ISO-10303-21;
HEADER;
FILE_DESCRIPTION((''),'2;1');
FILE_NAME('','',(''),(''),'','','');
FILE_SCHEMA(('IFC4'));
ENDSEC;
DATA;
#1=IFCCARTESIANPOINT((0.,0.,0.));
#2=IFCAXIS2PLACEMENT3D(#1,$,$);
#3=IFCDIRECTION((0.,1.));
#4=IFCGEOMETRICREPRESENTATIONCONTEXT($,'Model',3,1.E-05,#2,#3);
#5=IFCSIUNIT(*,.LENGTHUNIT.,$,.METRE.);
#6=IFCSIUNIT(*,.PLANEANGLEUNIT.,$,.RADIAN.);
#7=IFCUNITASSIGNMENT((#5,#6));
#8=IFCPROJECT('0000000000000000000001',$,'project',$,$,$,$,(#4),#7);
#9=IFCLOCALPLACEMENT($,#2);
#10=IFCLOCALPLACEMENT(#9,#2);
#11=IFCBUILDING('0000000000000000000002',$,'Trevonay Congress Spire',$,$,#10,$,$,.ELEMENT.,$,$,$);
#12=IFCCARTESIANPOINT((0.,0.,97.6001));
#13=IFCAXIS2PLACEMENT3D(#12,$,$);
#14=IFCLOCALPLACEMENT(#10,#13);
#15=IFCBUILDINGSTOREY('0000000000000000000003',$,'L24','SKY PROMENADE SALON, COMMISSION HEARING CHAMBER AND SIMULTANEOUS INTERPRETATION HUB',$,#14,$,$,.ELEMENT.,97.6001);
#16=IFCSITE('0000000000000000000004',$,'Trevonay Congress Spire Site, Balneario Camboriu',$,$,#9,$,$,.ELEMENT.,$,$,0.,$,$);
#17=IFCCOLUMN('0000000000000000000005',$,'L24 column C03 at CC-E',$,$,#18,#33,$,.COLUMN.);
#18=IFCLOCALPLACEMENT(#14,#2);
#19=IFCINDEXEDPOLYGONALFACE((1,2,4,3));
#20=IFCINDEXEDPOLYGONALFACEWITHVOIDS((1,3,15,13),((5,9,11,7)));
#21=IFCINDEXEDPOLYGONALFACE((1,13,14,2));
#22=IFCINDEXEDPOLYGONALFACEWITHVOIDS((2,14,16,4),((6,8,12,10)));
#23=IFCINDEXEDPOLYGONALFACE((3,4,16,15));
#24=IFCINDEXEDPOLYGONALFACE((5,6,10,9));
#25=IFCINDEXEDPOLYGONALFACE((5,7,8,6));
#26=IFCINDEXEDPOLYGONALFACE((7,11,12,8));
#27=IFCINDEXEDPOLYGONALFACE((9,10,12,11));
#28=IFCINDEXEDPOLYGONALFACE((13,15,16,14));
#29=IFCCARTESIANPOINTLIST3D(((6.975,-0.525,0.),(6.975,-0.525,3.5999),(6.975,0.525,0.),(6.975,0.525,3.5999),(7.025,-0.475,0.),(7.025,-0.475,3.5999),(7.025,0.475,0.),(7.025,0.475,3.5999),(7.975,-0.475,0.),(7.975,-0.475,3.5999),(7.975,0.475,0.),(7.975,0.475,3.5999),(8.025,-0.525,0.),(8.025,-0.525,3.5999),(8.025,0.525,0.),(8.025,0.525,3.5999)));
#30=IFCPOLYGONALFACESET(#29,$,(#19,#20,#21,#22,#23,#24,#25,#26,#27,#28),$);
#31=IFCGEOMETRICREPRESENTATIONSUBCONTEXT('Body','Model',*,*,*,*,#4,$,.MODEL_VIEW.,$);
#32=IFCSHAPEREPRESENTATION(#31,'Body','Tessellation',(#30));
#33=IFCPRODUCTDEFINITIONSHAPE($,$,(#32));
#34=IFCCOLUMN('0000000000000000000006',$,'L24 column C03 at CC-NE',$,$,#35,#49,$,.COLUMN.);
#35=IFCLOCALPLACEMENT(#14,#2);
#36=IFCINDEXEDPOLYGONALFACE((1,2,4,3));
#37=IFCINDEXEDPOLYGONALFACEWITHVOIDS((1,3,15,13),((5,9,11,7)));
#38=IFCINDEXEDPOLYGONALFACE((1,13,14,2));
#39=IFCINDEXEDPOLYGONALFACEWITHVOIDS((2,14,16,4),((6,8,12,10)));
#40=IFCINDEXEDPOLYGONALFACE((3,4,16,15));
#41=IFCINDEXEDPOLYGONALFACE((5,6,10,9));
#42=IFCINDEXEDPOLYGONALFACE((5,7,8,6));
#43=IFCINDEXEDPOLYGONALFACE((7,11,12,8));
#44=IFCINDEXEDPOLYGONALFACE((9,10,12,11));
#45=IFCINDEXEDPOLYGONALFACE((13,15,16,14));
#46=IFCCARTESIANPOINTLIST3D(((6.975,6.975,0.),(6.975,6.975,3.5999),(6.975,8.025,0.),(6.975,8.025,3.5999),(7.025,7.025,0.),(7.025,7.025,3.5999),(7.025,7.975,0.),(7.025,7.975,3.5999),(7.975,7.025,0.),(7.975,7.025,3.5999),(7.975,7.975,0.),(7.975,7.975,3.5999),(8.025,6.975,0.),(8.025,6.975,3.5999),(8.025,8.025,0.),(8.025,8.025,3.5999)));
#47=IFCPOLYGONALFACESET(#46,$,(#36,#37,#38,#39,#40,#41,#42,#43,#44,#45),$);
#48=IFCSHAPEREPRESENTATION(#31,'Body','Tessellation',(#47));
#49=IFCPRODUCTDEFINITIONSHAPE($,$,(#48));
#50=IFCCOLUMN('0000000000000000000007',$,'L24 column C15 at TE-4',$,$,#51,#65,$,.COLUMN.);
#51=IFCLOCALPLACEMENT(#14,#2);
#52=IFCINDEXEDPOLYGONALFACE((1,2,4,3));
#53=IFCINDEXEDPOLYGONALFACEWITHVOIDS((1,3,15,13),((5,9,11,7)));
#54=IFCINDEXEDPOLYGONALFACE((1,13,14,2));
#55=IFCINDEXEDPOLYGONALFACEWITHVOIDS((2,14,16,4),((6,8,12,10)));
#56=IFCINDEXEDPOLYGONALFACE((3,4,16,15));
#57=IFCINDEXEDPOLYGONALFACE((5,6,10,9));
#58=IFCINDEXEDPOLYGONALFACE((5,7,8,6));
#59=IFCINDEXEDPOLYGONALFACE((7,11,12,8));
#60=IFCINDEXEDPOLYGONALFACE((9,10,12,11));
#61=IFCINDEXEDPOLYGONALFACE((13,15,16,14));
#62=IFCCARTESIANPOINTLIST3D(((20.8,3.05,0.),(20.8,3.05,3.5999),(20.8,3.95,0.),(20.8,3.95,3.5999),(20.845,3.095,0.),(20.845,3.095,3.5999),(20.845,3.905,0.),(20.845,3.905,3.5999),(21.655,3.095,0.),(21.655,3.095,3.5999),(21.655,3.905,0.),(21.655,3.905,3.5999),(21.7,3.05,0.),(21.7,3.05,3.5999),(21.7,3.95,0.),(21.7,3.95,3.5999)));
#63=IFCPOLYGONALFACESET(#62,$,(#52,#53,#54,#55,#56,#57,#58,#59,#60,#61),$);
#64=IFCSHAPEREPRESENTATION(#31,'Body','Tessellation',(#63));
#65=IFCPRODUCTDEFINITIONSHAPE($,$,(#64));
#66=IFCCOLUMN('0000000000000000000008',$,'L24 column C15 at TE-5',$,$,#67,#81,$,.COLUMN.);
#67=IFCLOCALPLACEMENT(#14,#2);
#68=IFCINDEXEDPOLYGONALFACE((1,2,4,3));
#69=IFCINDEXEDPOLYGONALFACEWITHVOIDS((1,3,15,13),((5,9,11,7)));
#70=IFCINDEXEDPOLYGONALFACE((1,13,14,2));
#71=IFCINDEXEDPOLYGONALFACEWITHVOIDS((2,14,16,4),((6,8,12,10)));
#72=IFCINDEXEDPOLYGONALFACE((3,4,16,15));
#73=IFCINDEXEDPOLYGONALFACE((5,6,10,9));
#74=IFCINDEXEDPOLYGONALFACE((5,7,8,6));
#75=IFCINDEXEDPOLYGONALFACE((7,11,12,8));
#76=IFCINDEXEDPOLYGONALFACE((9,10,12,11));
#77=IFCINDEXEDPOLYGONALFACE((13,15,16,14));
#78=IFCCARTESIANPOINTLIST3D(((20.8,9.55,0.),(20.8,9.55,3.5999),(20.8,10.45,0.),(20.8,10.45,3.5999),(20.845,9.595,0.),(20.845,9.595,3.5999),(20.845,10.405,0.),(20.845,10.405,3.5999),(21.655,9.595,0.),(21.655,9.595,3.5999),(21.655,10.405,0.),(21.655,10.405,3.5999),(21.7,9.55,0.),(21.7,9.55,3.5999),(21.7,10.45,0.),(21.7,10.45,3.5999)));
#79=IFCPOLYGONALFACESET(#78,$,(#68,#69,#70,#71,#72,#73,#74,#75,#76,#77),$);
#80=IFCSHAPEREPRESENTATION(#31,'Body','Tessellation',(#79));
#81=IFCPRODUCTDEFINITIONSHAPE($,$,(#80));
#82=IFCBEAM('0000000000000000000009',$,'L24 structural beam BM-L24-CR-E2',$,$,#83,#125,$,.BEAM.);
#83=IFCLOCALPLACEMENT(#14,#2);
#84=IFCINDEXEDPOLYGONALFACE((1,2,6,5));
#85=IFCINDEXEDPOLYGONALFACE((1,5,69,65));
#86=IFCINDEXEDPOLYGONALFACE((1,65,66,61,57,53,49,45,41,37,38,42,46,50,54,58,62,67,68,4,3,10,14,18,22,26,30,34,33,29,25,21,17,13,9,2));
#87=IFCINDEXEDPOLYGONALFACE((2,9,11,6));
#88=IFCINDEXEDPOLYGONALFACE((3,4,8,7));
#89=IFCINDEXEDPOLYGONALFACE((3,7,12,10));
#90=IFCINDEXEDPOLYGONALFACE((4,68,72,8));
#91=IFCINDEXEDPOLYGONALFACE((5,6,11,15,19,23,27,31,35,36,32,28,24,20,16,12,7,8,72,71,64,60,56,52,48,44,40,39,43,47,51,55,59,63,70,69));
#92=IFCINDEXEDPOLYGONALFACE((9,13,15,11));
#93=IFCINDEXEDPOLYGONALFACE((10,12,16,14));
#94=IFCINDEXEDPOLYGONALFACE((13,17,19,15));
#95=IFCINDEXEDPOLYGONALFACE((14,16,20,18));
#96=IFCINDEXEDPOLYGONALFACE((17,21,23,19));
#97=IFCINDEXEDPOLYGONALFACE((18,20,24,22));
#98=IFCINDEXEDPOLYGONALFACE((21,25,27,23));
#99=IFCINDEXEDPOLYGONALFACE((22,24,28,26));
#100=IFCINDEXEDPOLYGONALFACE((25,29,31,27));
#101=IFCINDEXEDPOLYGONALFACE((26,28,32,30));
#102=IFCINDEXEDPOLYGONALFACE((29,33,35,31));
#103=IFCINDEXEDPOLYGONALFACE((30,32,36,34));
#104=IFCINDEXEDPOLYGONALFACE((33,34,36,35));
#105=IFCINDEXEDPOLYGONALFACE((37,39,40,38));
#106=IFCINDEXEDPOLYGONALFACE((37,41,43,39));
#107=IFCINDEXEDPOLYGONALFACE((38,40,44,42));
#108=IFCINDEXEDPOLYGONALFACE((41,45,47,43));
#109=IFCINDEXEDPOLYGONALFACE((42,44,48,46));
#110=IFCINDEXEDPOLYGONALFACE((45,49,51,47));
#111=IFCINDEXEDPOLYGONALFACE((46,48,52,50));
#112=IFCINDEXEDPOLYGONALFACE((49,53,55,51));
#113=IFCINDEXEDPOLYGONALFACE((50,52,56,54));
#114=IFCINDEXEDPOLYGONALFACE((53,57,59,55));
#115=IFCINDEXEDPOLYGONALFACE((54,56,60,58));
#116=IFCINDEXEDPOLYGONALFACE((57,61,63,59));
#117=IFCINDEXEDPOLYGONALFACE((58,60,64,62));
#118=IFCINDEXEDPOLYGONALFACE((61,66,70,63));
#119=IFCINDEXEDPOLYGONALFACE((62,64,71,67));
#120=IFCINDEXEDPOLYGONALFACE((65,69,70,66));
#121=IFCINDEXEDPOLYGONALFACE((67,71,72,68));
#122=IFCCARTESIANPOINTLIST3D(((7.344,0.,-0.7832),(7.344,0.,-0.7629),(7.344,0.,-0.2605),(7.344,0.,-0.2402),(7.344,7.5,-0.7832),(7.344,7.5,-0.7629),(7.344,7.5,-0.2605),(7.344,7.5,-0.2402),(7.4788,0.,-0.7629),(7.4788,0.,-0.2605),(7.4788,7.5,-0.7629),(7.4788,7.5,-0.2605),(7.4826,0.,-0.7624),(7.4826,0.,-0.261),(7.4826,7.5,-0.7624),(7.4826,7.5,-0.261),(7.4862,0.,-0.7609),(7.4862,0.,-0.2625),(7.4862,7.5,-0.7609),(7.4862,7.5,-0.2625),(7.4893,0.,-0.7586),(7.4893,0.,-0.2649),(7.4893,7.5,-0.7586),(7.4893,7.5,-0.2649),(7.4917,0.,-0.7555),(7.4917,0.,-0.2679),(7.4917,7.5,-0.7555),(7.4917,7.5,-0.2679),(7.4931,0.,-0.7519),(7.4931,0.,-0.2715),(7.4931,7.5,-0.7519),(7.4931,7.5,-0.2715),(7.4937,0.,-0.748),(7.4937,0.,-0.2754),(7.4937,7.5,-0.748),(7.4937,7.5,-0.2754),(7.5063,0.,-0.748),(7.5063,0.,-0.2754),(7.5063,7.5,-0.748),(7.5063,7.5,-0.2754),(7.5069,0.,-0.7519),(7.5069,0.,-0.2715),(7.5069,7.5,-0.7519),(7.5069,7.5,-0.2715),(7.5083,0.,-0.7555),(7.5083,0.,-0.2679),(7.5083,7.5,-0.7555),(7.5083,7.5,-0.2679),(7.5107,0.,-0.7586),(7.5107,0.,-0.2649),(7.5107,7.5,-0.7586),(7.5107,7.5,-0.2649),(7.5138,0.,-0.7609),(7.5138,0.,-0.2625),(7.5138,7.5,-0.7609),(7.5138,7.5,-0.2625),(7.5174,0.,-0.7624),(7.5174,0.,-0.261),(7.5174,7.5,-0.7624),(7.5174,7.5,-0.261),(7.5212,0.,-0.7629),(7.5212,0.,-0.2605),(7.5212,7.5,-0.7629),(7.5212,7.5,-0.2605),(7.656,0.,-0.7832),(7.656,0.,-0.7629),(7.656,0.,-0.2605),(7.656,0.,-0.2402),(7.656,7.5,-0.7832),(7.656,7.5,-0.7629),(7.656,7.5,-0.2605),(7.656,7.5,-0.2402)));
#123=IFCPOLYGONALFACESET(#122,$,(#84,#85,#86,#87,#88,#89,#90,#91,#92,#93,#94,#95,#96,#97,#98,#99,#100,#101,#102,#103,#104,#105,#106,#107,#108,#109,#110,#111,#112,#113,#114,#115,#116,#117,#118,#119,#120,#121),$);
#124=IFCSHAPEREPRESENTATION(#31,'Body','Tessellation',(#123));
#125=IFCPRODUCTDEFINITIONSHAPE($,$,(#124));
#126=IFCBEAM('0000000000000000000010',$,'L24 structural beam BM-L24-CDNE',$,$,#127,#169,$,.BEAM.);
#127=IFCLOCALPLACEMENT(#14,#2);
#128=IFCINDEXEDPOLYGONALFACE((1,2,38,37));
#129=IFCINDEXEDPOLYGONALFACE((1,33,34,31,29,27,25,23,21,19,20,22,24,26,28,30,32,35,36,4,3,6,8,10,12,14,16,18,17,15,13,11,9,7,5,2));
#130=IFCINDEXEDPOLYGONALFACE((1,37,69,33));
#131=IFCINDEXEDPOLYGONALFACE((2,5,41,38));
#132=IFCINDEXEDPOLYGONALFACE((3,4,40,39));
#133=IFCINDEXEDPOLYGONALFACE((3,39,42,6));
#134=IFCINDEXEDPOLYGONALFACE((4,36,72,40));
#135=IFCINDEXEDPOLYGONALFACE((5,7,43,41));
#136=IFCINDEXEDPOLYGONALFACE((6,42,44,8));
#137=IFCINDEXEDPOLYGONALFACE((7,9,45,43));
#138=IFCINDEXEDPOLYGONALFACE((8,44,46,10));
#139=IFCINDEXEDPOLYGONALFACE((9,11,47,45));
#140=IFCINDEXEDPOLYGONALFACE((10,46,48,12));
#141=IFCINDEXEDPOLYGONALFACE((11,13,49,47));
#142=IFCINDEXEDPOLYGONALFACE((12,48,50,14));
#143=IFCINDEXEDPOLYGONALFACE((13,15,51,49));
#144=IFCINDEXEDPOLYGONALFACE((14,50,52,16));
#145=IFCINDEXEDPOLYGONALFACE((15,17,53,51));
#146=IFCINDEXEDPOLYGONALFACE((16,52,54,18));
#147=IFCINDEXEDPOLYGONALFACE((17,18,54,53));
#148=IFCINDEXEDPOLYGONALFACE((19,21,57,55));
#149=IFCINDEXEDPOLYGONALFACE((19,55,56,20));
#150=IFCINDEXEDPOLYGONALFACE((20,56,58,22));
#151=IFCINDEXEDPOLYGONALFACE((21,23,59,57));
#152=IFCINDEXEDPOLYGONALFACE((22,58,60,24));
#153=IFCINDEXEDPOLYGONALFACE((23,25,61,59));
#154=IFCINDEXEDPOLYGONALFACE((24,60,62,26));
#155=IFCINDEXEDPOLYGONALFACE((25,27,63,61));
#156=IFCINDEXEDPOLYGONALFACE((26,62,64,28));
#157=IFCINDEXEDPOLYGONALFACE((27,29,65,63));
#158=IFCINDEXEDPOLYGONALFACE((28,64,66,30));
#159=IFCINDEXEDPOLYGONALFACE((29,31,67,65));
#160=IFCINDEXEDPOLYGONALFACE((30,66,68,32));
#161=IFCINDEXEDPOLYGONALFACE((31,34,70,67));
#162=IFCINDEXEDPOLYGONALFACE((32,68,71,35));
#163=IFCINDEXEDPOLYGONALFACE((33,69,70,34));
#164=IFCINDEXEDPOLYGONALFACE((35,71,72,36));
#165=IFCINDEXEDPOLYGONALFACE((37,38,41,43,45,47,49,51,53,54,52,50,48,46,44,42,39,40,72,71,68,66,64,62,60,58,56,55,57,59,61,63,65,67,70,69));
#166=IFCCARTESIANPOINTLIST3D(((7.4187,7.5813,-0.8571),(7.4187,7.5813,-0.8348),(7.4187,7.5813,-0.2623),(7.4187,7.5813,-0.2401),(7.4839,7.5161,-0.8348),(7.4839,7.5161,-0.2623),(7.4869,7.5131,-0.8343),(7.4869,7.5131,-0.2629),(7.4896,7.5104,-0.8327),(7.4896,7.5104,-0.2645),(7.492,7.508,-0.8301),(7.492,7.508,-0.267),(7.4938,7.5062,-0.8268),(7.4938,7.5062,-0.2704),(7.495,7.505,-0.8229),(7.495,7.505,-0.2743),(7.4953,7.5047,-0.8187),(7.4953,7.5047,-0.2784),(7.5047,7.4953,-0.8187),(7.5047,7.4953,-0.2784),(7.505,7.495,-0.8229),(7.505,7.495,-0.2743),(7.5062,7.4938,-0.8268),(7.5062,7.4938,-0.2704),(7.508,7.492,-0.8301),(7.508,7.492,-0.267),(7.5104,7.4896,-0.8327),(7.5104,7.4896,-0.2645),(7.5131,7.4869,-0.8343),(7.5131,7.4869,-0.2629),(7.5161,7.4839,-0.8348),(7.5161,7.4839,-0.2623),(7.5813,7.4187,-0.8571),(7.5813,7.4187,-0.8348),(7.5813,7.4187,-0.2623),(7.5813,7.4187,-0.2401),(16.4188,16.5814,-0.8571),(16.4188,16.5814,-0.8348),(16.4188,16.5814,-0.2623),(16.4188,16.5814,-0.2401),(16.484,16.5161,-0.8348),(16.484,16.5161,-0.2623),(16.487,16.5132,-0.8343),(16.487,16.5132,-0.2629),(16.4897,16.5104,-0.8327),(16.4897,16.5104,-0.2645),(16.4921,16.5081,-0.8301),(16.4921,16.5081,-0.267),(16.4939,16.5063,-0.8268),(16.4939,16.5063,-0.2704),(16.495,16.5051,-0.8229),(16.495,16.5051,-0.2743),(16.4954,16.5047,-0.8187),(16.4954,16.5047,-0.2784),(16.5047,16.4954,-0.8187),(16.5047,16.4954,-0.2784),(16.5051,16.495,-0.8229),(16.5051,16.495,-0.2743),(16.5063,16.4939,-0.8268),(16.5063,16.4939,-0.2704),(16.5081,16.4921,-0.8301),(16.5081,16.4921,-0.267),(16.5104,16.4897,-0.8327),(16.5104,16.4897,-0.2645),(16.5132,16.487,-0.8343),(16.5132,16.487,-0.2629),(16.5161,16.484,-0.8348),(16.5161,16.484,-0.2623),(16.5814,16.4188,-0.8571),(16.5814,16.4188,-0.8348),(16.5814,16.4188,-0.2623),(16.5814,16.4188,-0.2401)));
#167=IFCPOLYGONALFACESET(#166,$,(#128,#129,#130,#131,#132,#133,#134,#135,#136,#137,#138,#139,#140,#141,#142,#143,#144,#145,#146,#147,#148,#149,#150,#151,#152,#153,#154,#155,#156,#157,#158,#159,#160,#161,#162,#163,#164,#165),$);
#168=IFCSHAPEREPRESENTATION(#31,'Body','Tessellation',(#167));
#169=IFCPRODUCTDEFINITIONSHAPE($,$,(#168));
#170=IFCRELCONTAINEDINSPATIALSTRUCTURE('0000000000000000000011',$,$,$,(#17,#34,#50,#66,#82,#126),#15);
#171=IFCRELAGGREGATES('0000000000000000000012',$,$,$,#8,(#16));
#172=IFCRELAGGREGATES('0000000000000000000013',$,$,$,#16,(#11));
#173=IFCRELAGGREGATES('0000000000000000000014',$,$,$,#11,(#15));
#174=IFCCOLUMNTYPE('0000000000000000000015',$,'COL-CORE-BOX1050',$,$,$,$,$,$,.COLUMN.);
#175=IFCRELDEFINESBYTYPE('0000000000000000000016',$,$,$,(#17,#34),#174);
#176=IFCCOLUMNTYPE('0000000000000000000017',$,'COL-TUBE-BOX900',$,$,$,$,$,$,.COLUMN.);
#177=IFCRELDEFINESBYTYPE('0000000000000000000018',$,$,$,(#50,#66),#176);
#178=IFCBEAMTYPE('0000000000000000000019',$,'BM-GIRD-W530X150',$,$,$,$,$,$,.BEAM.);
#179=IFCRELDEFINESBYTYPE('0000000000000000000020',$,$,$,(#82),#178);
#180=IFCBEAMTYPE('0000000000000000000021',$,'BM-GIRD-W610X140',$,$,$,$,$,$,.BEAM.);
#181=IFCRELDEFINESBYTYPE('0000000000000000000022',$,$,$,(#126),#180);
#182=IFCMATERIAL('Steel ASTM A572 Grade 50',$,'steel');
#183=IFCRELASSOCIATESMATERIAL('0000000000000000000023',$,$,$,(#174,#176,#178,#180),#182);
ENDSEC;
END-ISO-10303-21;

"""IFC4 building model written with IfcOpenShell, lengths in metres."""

from ifc_helpers import new_model, si_unit, direction, frame, origin, origin_2d, place, context, subcontext, project, spatial, hollow_rectangle, i_section, extrude, material, material_profile, profile_set, type_object, element, save


model = new_model("IFC4")

# Units and contexts
model_context = context("Model", 3, precision=1e-05, world=origin(), true_north=direction((0.0, 1.0)))
body_context = subcontext(model_context, "Body", "Model", "MODEL_VIEW")
ifc_project = project(units=[si_unit("LENGTHUNIT", "METRE"), si_unit("PLANEANGLEUNIT", "RADIAN")], contexts=[model_context])

# Site, building, storey
site_placement = place(None, origin())
site = spatial("IfcSite", under=ifc_project, at=site_placement, Name="Trevonay Congress Spire Site, Balneario Camboriu", CompositionType="ELEMENT", RefElevation=0.0)
building_placement = place(site_placement, origin())
building = spatial("IfcBuilding", under=site, at=building_placement, Name="Trevonay Congress Spire", CompositionType="ELEMENT")
storey_placement = place(building_placement, frame((0.0, 0.0, 97.6001)))
storey = spatial("IfcBuildingStorey", under=building, at=storey_placement, Name="L24", Description="SKY PROMENADE SALON, COMMISSION HEARING CHAMBER AND SIMULTANEOUS INTERPRETATION HUB", CompositionType="ELEMENT", Elevation=97.6001)

# Columns
ifc_material_1 = material(Name="Steel ASTM A572 Grade 50", Category="steel")
ifc_material_profile_1 = material_profile(ifc_material_1, hollow_rectangle(XDim=1.05, YDim=1.05, WallThickness=0.05, at=origin_2d()), Name="BOX 1050x1050x50")
ifc_profile_set_1 = profile_set([ifc_material_profile_1], Name="Steel ASTM A572 Grade 50")
column_type_1 = type_object("IfcColumnType", Name="COL-CORE-BOX1050", PredefinedType="COLUMN", material=ifc_profile_set_1)
for number, where, z_axis, x_axis, name in (
    (1, (7.5, 0.0, 0.0), (0.0, 0.0, 1.0), (1.0, 0.0, 0.0), "L24 column C03 at CC-E"),
    (2, (7.5, 7.5, 0.0), (0.0, 0.0, 1.0), (1.0, 0.0, 0.0), "L24 column C03 at CC-NE"),
):
    element("IfcColumn", number, at=place(storey_placement, frame(where, z_axis=z_axis, x_axis=x_axis)), inside=storey, type_object=column_type_1, Name=name, PredefinedType="COLUMN", context=body_context, shape_type="SweptSolid", body=[
        extrude(hollow_rectangle(XDim=1.05, YDim=1.05, WallThickness=0.05, at=origin_2d()), origin(), (0.0, 0.0, 1.0), 3.5999),
    ])
ifc_material_profile_2 = material_profile(ifc_material_1, hollow_rectangle(XDim=0.8999, YDim=0.8999, WallThickness=0.0449, at=origin_2d()), Name="BOX 900x900x45")
ifc_profile_set_2 = profile_set([ifc_material_profile_2], Name="Steel ASTM A572 Grade 50")
column_type_2 = type_object("IfcColumnType", Name="COL-TUBE-BOX900", PredefinedType="COLUMN", material=ifc_profile_set_2)
for number, where, z_axis, x_axis, name in (
    (3, (21.25, 3.5, 0.0), (0.0, 0.0, 1.0), (1.0, 0.0, 0.0), "L24 column C15 at TE-4"),
    (4, (21.25, 10.0, 0.0), (0.0, 0.0, 1.0), (1.0, 0.0, 0.0), "L24 column C15 at TE-5"),
):
    element("IfcColumn", number, at=place(storey_placement, frame(where, z_axis=z_axis, x_axis=x_axis)), inside=storey, type_object=column_type_2, Name=name, PredefinedType="COLUMN", context=body_context, shape_type="SweptSolid", body=[
        extrude(hollow_rectangle(XDim=0.8999, YDim=0.8999, WallThickness=0.0449, at=origin_2d()), origin(), (0.0, 0.0, 1.0), 3.5999),
    ])

# Beams
ifc_material_profile_3 = material_profile(ifc_material_1, i_section(OverallWidth=0.312, OverallDepth=0.543, WebThickness=0.0127, FlangeThickness=0.0203, FilletRadius=0.0149, at=origin_2d()), Name="W530x150")
ifc_profile_set_3 = profile_set([ifc_material_profile_3], Name="Steel ASTM A572 Grade 50")
beam_type_1 = type_object("IfcBeamType", Name="BM-GIRD-W530X150", PredefinedType="BEAM", material=ifc_profile_set_3)
beam_1_placement = place(storey_placement, frame((7.5, 0.0, -0.5117), z_axis=(0.0, 1.0, 0.0), x_axis=(-1.0, 0.0, 0.0)))
element("IfcBeam", 5, at=beam_1_placement, inside=storey, type_object=beam_type_1, Name="L24 structural beam BM-L24-CR-E2", PredefinedType="BEAM", context=body_context, shape_type="SweptSolid", body=[
    extrude(i_section(OverallWidth=0.312, OverallDepth=0.543, WebThickness=0.0127, FlangeThickness=0.0203, FilletRadius=0.0149, at=origin_2d()), origin(), (0.0, 0.0, 1.0), 7.5),
])
ifc_material_profile_4 = material_profile(ifc_material_1, i_section(OverallWidth=0.23, OverallDepth=0.6169, WebThickness=0.0132, FlangeThickness=0.0222, FilletRadius=0.0161, at=origin_2d()), Name="W610x140")
ifc_profile_set_4 = profile_set([ifc_material_profile_4], Name="Steel ASTM A572 Grade 50")
beam_type_2 = type_object("IfcBeamType", Name="BM-GIRD-W610X140", PredefinedType="BEAM", material=ifc_profile_set_4)
beam_2_placement = place(storey_placement, frame((7.5, 7.5, -0.5486), z_axis=(0.707107, 0.707107, 0.0), x_axis=(-0.707107, 0.707107, 0.0)))
element("IfcBeam", 6, at=beam_2_placement, inside=storey, type_object=beam_type_2, Name="L24 structural beam BM-L24-CDNE", PredefinedType="BEAM", context=body_context, shape_type="SweptSolid", body=[
    extrude(i_section(OverallWidth=0.23, OverallDepth=0.6169, WebThickness=0.0132, FlangeThickness=0.0222, FilletRadius=0.0161, at=origin_2d()), origin(), (0.0, 0.0, 1.0), 12.728),
])

save(model, "model.ifc")
